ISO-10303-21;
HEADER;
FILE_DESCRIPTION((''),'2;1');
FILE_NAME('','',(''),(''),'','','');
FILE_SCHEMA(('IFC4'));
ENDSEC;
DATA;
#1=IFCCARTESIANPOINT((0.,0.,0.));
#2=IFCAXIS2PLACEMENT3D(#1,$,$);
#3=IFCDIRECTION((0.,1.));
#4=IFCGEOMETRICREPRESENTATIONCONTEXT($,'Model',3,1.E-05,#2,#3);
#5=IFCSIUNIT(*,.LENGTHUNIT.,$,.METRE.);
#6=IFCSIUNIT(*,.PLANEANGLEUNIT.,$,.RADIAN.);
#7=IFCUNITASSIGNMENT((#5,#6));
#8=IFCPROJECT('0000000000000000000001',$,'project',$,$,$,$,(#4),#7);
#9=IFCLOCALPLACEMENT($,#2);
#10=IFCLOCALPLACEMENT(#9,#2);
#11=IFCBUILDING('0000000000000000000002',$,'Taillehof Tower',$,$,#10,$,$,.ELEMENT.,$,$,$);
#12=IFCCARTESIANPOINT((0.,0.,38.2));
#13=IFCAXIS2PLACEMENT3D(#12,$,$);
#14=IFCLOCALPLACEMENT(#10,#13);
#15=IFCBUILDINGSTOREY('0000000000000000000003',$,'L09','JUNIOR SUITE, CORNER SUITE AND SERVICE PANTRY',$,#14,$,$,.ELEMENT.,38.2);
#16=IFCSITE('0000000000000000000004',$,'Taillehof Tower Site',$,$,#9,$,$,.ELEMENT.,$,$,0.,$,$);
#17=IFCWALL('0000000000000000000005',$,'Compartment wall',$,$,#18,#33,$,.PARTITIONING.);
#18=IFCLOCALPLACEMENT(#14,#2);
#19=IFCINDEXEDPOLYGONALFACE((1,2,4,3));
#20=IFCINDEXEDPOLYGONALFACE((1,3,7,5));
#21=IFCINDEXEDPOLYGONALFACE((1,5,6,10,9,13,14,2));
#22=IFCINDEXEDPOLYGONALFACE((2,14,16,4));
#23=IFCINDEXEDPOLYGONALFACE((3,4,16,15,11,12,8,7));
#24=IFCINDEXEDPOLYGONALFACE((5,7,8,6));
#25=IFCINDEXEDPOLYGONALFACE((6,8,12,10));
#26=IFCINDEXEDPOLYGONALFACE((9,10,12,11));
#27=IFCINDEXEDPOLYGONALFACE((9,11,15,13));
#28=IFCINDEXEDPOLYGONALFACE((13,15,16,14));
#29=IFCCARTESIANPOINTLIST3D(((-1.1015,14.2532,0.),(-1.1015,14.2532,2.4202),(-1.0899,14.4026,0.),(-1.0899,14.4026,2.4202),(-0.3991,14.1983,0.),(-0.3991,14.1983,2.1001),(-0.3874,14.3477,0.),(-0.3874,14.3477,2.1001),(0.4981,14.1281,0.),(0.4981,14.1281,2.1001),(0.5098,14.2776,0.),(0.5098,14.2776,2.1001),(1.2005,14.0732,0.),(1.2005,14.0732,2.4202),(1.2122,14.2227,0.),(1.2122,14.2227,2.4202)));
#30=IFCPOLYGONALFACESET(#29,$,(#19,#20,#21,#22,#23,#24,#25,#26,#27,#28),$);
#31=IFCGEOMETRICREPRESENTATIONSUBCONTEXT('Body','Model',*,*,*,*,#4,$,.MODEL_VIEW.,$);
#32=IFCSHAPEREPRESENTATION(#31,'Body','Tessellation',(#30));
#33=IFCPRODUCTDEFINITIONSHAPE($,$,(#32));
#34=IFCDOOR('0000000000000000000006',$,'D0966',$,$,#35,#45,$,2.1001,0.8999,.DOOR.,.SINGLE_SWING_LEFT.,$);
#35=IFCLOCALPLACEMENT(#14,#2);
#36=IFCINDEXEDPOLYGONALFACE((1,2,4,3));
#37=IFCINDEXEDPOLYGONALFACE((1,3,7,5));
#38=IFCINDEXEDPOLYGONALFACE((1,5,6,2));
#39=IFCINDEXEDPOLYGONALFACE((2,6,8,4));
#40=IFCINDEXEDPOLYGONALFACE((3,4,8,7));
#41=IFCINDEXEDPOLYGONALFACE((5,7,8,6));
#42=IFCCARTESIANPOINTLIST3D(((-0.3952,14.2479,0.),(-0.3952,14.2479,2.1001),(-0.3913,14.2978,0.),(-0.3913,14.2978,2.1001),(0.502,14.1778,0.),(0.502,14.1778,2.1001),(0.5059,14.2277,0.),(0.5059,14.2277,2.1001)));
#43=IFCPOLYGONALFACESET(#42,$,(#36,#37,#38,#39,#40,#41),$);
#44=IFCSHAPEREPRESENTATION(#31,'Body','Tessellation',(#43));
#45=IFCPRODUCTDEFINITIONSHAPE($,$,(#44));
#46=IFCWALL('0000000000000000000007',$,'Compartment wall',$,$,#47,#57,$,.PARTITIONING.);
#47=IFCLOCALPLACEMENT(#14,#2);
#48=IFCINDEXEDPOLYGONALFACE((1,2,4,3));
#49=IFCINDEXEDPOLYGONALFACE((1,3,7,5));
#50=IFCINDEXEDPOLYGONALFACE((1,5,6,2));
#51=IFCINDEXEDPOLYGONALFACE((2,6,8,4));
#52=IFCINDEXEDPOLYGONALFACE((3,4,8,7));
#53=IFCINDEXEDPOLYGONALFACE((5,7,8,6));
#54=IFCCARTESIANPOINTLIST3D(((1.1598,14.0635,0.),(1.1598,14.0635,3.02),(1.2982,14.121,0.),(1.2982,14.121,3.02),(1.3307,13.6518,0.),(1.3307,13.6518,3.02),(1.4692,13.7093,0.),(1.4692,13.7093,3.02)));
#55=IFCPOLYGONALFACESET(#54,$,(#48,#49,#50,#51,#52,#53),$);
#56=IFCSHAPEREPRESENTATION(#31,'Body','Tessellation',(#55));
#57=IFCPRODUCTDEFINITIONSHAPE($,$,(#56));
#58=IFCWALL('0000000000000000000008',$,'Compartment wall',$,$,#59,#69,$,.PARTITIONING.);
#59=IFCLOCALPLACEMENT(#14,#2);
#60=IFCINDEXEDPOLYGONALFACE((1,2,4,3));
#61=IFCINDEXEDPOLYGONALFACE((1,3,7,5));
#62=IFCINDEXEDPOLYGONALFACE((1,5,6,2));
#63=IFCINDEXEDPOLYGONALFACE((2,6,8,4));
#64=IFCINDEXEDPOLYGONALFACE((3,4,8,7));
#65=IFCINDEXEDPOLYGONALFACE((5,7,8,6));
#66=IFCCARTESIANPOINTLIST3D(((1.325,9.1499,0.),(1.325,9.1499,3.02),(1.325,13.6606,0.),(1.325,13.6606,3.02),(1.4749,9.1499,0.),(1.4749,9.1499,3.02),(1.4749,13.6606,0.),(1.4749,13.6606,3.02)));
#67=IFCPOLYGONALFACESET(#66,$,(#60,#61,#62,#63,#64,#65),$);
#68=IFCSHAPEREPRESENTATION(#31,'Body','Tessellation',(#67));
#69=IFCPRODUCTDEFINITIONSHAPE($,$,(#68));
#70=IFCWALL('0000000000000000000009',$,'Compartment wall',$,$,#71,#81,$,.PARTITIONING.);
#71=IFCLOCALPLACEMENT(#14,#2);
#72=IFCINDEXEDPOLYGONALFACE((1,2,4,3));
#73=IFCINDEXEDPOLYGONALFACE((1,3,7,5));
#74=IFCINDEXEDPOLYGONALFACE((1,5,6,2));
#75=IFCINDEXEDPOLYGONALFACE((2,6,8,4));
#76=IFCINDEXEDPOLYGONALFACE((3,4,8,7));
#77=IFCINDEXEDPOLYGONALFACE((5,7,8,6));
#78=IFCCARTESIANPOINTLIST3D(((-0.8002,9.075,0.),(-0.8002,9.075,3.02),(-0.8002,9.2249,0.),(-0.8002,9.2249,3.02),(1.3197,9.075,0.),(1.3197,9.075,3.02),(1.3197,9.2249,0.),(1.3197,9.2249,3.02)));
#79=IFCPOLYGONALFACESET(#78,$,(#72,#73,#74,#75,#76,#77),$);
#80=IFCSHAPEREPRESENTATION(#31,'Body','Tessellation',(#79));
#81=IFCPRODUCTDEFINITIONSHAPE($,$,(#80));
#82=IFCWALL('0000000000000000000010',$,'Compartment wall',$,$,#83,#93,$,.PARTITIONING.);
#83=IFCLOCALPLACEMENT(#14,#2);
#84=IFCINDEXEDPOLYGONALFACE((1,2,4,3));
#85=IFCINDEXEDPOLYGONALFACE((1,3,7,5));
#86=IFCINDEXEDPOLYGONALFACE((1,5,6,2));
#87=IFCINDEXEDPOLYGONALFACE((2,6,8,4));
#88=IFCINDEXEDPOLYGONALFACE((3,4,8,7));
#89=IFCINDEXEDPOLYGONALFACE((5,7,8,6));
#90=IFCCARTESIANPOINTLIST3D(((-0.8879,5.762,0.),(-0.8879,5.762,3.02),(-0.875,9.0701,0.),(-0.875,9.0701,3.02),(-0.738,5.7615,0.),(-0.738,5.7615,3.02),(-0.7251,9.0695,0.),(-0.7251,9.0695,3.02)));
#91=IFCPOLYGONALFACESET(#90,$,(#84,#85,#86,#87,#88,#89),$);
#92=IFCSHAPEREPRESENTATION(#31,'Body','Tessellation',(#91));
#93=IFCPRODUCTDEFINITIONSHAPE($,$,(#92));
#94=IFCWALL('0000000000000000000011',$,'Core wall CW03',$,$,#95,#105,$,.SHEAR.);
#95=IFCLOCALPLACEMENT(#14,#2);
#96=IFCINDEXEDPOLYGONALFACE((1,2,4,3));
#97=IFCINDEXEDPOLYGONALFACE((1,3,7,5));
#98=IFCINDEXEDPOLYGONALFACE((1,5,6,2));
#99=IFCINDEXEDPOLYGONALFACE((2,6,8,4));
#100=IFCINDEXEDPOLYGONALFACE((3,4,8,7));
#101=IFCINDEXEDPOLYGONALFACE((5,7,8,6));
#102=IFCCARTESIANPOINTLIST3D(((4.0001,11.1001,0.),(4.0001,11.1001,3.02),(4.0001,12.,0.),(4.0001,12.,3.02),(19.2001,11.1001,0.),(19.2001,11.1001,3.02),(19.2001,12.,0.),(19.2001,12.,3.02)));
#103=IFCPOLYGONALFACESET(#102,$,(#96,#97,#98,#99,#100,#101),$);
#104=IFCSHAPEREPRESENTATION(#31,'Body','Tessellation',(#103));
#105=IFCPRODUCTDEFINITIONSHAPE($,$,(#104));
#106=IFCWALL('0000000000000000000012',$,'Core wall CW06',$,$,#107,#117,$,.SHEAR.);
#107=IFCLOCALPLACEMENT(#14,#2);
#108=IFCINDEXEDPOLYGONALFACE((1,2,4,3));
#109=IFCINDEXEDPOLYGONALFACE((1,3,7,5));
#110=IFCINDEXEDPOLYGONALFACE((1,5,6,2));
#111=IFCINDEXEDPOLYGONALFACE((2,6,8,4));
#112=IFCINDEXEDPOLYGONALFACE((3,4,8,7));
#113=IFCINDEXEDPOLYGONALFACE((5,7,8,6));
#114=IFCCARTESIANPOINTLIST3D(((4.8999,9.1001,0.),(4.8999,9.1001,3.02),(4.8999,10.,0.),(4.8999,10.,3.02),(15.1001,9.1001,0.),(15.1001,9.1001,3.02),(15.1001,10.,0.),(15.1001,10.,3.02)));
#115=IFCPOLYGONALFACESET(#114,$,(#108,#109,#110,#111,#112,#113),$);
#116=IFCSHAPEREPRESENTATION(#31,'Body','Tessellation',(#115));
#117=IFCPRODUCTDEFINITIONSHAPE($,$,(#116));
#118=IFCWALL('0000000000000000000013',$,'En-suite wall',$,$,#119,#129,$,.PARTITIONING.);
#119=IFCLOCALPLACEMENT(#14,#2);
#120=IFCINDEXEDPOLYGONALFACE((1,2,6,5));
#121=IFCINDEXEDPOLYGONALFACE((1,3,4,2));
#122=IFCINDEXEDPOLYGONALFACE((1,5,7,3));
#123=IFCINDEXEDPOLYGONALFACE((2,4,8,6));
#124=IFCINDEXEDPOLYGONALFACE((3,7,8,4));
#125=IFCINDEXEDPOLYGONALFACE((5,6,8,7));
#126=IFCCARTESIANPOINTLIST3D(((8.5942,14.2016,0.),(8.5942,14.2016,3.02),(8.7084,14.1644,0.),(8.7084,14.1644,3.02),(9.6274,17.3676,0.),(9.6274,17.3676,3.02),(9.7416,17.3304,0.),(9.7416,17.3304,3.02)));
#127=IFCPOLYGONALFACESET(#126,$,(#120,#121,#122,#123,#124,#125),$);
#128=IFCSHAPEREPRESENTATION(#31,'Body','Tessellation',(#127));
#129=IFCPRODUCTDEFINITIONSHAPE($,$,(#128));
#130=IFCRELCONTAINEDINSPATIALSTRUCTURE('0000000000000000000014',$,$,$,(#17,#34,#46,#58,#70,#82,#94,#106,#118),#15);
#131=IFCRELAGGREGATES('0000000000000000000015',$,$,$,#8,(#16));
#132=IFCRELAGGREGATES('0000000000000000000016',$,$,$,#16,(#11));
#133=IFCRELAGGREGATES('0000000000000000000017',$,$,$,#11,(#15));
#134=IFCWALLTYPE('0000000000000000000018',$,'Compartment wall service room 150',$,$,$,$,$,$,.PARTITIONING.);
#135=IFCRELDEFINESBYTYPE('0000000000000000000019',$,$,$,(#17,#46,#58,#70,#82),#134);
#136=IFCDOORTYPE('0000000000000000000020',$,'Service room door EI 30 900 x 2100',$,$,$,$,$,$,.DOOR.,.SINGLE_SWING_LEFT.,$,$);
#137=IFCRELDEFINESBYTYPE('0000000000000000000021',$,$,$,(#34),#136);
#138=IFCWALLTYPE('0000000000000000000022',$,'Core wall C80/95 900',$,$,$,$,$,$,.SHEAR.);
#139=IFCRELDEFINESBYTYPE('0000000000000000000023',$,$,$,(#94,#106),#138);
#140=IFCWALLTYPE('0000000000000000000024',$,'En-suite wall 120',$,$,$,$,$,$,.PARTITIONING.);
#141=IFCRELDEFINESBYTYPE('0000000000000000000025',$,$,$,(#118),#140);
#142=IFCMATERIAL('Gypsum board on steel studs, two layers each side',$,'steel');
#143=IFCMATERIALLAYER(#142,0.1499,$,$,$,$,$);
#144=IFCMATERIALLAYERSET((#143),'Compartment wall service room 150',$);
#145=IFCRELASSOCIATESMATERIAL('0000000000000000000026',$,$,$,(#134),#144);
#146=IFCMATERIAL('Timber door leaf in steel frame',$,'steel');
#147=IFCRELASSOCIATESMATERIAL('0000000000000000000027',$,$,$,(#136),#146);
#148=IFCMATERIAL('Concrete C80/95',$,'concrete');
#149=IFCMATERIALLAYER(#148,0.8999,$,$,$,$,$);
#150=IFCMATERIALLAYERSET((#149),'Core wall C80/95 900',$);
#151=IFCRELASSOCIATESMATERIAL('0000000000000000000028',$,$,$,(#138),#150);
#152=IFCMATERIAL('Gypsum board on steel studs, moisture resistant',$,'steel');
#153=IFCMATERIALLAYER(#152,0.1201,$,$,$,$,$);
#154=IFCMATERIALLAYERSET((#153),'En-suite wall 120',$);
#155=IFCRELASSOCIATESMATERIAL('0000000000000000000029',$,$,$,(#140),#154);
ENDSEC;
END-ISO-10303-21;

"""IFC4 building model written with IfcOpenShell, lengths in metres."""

from ifc_helpers import new_model, si_unit, direction, frame, frame_2d, origin, place, context, subcontext, project, spatial, rectangle, extrude, material, layer, layer_set, type_object, element, fill, save


model = new_model("IFC4")

# Units and contexts
model_context = context("Model", 3, precision=1e-05, world=origin(), true_north=direction((0.0, 1.0)))
body_context = subcontext(model_context, "Body", "Model", "MODEL_VIEW")
ifc_project = project(units=[si_unit("LENGTHUNIT", "METRE"), si_unit("PLANEANGLEUNIT", "RADIAN")], contexts=[model_context])

# Site, building, storey
site_placement = place(None, origin())
site = spatial("IfcSite", under=ifc_project, at=site_placement, Name="Taillehof Tower Site", CompositionType="ELEMENT", RefElevation=0.0)
building_placement = place(site_placement, origin())
building = spatial("IfcBuilding", under=site, at=building_placement, Name="Taillehof Tower", CompositionType="ELEMENT")
storey_placement = place(building_placement, frame((0.0, 0.0, 38.2)))
storey = spatial("IfcBuildingStorey", under=building, at=storey_placement, Name="L09", Description="JUNIOR SUITE, CORNER SUITE AND SERVICE PANTRY", CompositionType="ELEMENT", Elevation=38.2)

# Wall, opening, door
ifc_material_1 = material(Name="Gypsum board on steel studs, two layers each side", Category="steel")
ifc_layer_1 = layer(ifc_material_1, 0.1499)
ifc_layer_set_1 = layer_set([ifc_layer_1], Name="Compartment wall service room 150")
wall_type_1 = type_object("IfcWallType", Name="Compartment wall service room 150", PredefinedType="PARTITIONING", material=ifc_layer_set_1)
wall_1_placement = place(storey_placement, frame((-1.0957, 14.3279, 0.0), z_axis=(0.0, 0.0, 1.0), x_axis=(0.996959, -0.077925, 0.0)))
wall_1 = element("IfcWall", 1, at=wall_1_placement, inside=storey, type_object=wall_type_1, Name="Compartment wall", PredefinedType="PARTITIONING", context=body_context, shape_type="SweptSolid", body=[
    extrude(rectangle(XDim=2.3091, YDim=0.1499, at=frame_2d((1.1545, 0.0))), origin(), (0.0, 0.0, 1.0), 2.4202),
])
opening_1_placement = place(wall_1_placement, frame((0.7046, 0.0, 0.0)))
opening_1 = element("IfcOpeningElement", 2, at=opening_1_placement, cuts=wall_1, PredefinedType="OPENING", context=body_context, shape_type="SweptSolid", body=[
    extrude(rectangle(XDim=0.8999, YDim=2.1001, at=frame_2d((0.45, 1.05))), frame((0.0, 0.085, 0.0), z_axis=(0.0, -1.0, 0.0), x_axis=(1.0, 0.0, 0.0)), (0.0, 0.0, 1.0), 0.1699),
])
ifc_material_2 = material(Name="Timber door leaf in steel frame", Category="steel")
door_type_1 = type_object("IfcDoorType", Name="Service room door EI 30 900 x 2100", OperationType="SINGLE_SWING_LEFT", PredefinedType="DOOR", material=ifc_material_2)
door_1_placement = place(opening_1_placement, origin())
door_1 = element("IfcDoor", 3, at=door_1_placement, inside=storey, type_object=door_type_1, Name="D0966", OperationType="SINGLE_SWING_LEFT", OverallHeight=2.1001, OverallWidth=0.8999, PredefinedType="DOOR", context=body_context, shape_type="SweptSolid", body=[
    extrude(rectangle(XDim=0.8999, YDim=2.1001, at=frame_2d((0.45, 1.05))), frame((0.0, 0.0249, 0.0), z_axis=(0.0, -1.0, 0.0), x_axis=(1.0, 0.0, 0.0)), (0.0, 0.0, 1.0), 0.05),
])
fill(opening_1, door_1)

# Walls
wall_2_placement = place(storey_placement, frame((1.229, 14.0923, 0.0), z_axis=(0.0, 0.0, 1.0), x_axis=(0.383448, -0.923562, 0.0)))
element("IfcWall", 4, at=wall_2_placement, inside=storey, type_object=wall_type_1, Name="Compartment wall", PredefinedType="PARTITIONING", context=body_context, shape_type="SweptSolid", body=[
    extrude(rectangle(XDim=0.4458, YDim=0.1499, at=frame_2d((0.2229, 0.0))), origin(), (0.0, 0.0, 1.0), 3.02),
])
wall_3_placement = place(storey_placement, frame((1.3999, 13.6606, 0.0), z_axis=(0.0, 0.0, 1.0), x_axis=(0.0, -1.0, 0.0)))
element("IfcWall", 5, at=wall_3_placement, inside=storey, type_object=wall_type_1, Name="Compartment wall", PredefinedType="PARTITIONING", context=body_context, shape_type="SweptSolid", body=[
    extrude(rectangle(XDim=4.5107, YDim=0.1499, at=frame_2d((2.2554, 0.0))), origin(), (0.0, 0.0, 1.0), 3.02),
])
wall_4_placement = place(storey_placement, frame((1.3198, 9.1499, 0.0), z_axis=(0.0, 0.0, 1.0), x_axis=(-1.0, 0.0, 0.0)))
element("IfcWall", 6, at=wall_4_placement, inside=storey, type_object=wall_type_1, Name="Compartment wall", PredefinedType="PARTITIONING", context=body_context, shape_type="SweptSolid", body=[
    extrude(rectangle(XDim=2.1199, YDim=0.1499, at=frame_2d((1.0601, 0.0))), origin(), (0.0, 0.0, 1.0), 3.02),
])
wall_5_placement = place(storey_placement, frame((-0.8, 9.0698, 0.0), z_axis=(0.0, 0.0, 1.0), x_axis=(-0.003911, -0.999992, 0.0)))
element("IfcWall", 7, at=wall_5_placement, inside=storey, type_object=wall_type_1, Name="Compartment wall", PredefinedType="PARTITIONING", context=body_context, shape_type="SweptSolid", body=[
    extrude(rectangle(XDim=3.3081, YDim=0.1499, at=frame_2d((1.6541, 0.0))), origin(), (0.0, 0.0, 1.0), 3.02),
])
ifc_material_3 = material(Name="Concrete C80/95", Category="concrete")
ifc_layer_2 = layer(ifc_material_3, 0.8999)
ifc_layer_set_2 = layer_set([ifc_layer_2], Name="Core wall C80/95 900")
wall_type_2 = type_object("IfcWallType", Name="Core wall C80/95 900", PredefinedType="SHEAR", material=ifc_layer_set_2)
wall_6_placement = place(storey_placement, frame((4.0, 11.55, 0.0), z_axis=(0.0, 0.0, 1.0), x_axis=(1.0, 0.0, 0.0)))
element("IfcWall", 8, at=wall_6_placement, inside=storey, type_object=wall_type_2, Name="Core wall CW03", PredefinedType="SHEAR", context=body_context, shape_type="SweptSolid", body=[
    extrude(rectangle(XDim=15.2, YDim=0.8999, at=frame_2d((7.6001, 0.0))), origin(), (0.0, 0.0, 1.0), 3.02),
])
wall_7_placement = place(storey_placement, frame((4.8999, 9.55, 0.0), z_axis=(0.0, 0.0, 1.0), x_axis=(1.0, 0.0, 0.0)))
element("IfcWall", 9, at=wall_7_placement, inside=storey, type_object=wall_type_2, Name="Core wall CW06", PredefinedType="SHEAR", context=body_context, shape_type="SweptSolid", body=[
    extrude(rectangle(XDim=10.2002, YDim=0.8999, at=frame_2d((5.1001, 0.0))), origin(), (0.0, 0.0, 1.0), 3.02),
])
ifc_material_4 = material(Name="Gypsum board on steel studs, moisture resistant", Category="steel")
ifc_layer_3 = layer(ifc_material_4, 0.1201)
ifc_layer_set_3 = layer_set([ifc_layer_3], Name="En-suite wall 120")
wall_type_3 = type_object("IfcWallType", Name="En-suite wall 120", PredefinedType="PARTITIONING", material=ifc_layer_set_3)
wall_8_placement = place(storey_placement, frame((8.6514, 14.1831, 0.0), z_axis=(0.0, 0.0, 1.0), x_axis=(0.31024, 0.950658, 0.0)))
element("IfcWall", 10, at=wall_8_placement, inside=storey, type_object=wall_type_3, Name="En-suite wall", PredefinedType="PARTITIONING", context=body_context, shape_type="SweptSolid", body=[
    extrude(rectangle(XDim=3.3303, YDim=0.1201, at=frame_2d((1.665, 0.0))), origin(), (0.0, 0.0, 1.0), 3.02),
])

save(model, "model.ifc")
